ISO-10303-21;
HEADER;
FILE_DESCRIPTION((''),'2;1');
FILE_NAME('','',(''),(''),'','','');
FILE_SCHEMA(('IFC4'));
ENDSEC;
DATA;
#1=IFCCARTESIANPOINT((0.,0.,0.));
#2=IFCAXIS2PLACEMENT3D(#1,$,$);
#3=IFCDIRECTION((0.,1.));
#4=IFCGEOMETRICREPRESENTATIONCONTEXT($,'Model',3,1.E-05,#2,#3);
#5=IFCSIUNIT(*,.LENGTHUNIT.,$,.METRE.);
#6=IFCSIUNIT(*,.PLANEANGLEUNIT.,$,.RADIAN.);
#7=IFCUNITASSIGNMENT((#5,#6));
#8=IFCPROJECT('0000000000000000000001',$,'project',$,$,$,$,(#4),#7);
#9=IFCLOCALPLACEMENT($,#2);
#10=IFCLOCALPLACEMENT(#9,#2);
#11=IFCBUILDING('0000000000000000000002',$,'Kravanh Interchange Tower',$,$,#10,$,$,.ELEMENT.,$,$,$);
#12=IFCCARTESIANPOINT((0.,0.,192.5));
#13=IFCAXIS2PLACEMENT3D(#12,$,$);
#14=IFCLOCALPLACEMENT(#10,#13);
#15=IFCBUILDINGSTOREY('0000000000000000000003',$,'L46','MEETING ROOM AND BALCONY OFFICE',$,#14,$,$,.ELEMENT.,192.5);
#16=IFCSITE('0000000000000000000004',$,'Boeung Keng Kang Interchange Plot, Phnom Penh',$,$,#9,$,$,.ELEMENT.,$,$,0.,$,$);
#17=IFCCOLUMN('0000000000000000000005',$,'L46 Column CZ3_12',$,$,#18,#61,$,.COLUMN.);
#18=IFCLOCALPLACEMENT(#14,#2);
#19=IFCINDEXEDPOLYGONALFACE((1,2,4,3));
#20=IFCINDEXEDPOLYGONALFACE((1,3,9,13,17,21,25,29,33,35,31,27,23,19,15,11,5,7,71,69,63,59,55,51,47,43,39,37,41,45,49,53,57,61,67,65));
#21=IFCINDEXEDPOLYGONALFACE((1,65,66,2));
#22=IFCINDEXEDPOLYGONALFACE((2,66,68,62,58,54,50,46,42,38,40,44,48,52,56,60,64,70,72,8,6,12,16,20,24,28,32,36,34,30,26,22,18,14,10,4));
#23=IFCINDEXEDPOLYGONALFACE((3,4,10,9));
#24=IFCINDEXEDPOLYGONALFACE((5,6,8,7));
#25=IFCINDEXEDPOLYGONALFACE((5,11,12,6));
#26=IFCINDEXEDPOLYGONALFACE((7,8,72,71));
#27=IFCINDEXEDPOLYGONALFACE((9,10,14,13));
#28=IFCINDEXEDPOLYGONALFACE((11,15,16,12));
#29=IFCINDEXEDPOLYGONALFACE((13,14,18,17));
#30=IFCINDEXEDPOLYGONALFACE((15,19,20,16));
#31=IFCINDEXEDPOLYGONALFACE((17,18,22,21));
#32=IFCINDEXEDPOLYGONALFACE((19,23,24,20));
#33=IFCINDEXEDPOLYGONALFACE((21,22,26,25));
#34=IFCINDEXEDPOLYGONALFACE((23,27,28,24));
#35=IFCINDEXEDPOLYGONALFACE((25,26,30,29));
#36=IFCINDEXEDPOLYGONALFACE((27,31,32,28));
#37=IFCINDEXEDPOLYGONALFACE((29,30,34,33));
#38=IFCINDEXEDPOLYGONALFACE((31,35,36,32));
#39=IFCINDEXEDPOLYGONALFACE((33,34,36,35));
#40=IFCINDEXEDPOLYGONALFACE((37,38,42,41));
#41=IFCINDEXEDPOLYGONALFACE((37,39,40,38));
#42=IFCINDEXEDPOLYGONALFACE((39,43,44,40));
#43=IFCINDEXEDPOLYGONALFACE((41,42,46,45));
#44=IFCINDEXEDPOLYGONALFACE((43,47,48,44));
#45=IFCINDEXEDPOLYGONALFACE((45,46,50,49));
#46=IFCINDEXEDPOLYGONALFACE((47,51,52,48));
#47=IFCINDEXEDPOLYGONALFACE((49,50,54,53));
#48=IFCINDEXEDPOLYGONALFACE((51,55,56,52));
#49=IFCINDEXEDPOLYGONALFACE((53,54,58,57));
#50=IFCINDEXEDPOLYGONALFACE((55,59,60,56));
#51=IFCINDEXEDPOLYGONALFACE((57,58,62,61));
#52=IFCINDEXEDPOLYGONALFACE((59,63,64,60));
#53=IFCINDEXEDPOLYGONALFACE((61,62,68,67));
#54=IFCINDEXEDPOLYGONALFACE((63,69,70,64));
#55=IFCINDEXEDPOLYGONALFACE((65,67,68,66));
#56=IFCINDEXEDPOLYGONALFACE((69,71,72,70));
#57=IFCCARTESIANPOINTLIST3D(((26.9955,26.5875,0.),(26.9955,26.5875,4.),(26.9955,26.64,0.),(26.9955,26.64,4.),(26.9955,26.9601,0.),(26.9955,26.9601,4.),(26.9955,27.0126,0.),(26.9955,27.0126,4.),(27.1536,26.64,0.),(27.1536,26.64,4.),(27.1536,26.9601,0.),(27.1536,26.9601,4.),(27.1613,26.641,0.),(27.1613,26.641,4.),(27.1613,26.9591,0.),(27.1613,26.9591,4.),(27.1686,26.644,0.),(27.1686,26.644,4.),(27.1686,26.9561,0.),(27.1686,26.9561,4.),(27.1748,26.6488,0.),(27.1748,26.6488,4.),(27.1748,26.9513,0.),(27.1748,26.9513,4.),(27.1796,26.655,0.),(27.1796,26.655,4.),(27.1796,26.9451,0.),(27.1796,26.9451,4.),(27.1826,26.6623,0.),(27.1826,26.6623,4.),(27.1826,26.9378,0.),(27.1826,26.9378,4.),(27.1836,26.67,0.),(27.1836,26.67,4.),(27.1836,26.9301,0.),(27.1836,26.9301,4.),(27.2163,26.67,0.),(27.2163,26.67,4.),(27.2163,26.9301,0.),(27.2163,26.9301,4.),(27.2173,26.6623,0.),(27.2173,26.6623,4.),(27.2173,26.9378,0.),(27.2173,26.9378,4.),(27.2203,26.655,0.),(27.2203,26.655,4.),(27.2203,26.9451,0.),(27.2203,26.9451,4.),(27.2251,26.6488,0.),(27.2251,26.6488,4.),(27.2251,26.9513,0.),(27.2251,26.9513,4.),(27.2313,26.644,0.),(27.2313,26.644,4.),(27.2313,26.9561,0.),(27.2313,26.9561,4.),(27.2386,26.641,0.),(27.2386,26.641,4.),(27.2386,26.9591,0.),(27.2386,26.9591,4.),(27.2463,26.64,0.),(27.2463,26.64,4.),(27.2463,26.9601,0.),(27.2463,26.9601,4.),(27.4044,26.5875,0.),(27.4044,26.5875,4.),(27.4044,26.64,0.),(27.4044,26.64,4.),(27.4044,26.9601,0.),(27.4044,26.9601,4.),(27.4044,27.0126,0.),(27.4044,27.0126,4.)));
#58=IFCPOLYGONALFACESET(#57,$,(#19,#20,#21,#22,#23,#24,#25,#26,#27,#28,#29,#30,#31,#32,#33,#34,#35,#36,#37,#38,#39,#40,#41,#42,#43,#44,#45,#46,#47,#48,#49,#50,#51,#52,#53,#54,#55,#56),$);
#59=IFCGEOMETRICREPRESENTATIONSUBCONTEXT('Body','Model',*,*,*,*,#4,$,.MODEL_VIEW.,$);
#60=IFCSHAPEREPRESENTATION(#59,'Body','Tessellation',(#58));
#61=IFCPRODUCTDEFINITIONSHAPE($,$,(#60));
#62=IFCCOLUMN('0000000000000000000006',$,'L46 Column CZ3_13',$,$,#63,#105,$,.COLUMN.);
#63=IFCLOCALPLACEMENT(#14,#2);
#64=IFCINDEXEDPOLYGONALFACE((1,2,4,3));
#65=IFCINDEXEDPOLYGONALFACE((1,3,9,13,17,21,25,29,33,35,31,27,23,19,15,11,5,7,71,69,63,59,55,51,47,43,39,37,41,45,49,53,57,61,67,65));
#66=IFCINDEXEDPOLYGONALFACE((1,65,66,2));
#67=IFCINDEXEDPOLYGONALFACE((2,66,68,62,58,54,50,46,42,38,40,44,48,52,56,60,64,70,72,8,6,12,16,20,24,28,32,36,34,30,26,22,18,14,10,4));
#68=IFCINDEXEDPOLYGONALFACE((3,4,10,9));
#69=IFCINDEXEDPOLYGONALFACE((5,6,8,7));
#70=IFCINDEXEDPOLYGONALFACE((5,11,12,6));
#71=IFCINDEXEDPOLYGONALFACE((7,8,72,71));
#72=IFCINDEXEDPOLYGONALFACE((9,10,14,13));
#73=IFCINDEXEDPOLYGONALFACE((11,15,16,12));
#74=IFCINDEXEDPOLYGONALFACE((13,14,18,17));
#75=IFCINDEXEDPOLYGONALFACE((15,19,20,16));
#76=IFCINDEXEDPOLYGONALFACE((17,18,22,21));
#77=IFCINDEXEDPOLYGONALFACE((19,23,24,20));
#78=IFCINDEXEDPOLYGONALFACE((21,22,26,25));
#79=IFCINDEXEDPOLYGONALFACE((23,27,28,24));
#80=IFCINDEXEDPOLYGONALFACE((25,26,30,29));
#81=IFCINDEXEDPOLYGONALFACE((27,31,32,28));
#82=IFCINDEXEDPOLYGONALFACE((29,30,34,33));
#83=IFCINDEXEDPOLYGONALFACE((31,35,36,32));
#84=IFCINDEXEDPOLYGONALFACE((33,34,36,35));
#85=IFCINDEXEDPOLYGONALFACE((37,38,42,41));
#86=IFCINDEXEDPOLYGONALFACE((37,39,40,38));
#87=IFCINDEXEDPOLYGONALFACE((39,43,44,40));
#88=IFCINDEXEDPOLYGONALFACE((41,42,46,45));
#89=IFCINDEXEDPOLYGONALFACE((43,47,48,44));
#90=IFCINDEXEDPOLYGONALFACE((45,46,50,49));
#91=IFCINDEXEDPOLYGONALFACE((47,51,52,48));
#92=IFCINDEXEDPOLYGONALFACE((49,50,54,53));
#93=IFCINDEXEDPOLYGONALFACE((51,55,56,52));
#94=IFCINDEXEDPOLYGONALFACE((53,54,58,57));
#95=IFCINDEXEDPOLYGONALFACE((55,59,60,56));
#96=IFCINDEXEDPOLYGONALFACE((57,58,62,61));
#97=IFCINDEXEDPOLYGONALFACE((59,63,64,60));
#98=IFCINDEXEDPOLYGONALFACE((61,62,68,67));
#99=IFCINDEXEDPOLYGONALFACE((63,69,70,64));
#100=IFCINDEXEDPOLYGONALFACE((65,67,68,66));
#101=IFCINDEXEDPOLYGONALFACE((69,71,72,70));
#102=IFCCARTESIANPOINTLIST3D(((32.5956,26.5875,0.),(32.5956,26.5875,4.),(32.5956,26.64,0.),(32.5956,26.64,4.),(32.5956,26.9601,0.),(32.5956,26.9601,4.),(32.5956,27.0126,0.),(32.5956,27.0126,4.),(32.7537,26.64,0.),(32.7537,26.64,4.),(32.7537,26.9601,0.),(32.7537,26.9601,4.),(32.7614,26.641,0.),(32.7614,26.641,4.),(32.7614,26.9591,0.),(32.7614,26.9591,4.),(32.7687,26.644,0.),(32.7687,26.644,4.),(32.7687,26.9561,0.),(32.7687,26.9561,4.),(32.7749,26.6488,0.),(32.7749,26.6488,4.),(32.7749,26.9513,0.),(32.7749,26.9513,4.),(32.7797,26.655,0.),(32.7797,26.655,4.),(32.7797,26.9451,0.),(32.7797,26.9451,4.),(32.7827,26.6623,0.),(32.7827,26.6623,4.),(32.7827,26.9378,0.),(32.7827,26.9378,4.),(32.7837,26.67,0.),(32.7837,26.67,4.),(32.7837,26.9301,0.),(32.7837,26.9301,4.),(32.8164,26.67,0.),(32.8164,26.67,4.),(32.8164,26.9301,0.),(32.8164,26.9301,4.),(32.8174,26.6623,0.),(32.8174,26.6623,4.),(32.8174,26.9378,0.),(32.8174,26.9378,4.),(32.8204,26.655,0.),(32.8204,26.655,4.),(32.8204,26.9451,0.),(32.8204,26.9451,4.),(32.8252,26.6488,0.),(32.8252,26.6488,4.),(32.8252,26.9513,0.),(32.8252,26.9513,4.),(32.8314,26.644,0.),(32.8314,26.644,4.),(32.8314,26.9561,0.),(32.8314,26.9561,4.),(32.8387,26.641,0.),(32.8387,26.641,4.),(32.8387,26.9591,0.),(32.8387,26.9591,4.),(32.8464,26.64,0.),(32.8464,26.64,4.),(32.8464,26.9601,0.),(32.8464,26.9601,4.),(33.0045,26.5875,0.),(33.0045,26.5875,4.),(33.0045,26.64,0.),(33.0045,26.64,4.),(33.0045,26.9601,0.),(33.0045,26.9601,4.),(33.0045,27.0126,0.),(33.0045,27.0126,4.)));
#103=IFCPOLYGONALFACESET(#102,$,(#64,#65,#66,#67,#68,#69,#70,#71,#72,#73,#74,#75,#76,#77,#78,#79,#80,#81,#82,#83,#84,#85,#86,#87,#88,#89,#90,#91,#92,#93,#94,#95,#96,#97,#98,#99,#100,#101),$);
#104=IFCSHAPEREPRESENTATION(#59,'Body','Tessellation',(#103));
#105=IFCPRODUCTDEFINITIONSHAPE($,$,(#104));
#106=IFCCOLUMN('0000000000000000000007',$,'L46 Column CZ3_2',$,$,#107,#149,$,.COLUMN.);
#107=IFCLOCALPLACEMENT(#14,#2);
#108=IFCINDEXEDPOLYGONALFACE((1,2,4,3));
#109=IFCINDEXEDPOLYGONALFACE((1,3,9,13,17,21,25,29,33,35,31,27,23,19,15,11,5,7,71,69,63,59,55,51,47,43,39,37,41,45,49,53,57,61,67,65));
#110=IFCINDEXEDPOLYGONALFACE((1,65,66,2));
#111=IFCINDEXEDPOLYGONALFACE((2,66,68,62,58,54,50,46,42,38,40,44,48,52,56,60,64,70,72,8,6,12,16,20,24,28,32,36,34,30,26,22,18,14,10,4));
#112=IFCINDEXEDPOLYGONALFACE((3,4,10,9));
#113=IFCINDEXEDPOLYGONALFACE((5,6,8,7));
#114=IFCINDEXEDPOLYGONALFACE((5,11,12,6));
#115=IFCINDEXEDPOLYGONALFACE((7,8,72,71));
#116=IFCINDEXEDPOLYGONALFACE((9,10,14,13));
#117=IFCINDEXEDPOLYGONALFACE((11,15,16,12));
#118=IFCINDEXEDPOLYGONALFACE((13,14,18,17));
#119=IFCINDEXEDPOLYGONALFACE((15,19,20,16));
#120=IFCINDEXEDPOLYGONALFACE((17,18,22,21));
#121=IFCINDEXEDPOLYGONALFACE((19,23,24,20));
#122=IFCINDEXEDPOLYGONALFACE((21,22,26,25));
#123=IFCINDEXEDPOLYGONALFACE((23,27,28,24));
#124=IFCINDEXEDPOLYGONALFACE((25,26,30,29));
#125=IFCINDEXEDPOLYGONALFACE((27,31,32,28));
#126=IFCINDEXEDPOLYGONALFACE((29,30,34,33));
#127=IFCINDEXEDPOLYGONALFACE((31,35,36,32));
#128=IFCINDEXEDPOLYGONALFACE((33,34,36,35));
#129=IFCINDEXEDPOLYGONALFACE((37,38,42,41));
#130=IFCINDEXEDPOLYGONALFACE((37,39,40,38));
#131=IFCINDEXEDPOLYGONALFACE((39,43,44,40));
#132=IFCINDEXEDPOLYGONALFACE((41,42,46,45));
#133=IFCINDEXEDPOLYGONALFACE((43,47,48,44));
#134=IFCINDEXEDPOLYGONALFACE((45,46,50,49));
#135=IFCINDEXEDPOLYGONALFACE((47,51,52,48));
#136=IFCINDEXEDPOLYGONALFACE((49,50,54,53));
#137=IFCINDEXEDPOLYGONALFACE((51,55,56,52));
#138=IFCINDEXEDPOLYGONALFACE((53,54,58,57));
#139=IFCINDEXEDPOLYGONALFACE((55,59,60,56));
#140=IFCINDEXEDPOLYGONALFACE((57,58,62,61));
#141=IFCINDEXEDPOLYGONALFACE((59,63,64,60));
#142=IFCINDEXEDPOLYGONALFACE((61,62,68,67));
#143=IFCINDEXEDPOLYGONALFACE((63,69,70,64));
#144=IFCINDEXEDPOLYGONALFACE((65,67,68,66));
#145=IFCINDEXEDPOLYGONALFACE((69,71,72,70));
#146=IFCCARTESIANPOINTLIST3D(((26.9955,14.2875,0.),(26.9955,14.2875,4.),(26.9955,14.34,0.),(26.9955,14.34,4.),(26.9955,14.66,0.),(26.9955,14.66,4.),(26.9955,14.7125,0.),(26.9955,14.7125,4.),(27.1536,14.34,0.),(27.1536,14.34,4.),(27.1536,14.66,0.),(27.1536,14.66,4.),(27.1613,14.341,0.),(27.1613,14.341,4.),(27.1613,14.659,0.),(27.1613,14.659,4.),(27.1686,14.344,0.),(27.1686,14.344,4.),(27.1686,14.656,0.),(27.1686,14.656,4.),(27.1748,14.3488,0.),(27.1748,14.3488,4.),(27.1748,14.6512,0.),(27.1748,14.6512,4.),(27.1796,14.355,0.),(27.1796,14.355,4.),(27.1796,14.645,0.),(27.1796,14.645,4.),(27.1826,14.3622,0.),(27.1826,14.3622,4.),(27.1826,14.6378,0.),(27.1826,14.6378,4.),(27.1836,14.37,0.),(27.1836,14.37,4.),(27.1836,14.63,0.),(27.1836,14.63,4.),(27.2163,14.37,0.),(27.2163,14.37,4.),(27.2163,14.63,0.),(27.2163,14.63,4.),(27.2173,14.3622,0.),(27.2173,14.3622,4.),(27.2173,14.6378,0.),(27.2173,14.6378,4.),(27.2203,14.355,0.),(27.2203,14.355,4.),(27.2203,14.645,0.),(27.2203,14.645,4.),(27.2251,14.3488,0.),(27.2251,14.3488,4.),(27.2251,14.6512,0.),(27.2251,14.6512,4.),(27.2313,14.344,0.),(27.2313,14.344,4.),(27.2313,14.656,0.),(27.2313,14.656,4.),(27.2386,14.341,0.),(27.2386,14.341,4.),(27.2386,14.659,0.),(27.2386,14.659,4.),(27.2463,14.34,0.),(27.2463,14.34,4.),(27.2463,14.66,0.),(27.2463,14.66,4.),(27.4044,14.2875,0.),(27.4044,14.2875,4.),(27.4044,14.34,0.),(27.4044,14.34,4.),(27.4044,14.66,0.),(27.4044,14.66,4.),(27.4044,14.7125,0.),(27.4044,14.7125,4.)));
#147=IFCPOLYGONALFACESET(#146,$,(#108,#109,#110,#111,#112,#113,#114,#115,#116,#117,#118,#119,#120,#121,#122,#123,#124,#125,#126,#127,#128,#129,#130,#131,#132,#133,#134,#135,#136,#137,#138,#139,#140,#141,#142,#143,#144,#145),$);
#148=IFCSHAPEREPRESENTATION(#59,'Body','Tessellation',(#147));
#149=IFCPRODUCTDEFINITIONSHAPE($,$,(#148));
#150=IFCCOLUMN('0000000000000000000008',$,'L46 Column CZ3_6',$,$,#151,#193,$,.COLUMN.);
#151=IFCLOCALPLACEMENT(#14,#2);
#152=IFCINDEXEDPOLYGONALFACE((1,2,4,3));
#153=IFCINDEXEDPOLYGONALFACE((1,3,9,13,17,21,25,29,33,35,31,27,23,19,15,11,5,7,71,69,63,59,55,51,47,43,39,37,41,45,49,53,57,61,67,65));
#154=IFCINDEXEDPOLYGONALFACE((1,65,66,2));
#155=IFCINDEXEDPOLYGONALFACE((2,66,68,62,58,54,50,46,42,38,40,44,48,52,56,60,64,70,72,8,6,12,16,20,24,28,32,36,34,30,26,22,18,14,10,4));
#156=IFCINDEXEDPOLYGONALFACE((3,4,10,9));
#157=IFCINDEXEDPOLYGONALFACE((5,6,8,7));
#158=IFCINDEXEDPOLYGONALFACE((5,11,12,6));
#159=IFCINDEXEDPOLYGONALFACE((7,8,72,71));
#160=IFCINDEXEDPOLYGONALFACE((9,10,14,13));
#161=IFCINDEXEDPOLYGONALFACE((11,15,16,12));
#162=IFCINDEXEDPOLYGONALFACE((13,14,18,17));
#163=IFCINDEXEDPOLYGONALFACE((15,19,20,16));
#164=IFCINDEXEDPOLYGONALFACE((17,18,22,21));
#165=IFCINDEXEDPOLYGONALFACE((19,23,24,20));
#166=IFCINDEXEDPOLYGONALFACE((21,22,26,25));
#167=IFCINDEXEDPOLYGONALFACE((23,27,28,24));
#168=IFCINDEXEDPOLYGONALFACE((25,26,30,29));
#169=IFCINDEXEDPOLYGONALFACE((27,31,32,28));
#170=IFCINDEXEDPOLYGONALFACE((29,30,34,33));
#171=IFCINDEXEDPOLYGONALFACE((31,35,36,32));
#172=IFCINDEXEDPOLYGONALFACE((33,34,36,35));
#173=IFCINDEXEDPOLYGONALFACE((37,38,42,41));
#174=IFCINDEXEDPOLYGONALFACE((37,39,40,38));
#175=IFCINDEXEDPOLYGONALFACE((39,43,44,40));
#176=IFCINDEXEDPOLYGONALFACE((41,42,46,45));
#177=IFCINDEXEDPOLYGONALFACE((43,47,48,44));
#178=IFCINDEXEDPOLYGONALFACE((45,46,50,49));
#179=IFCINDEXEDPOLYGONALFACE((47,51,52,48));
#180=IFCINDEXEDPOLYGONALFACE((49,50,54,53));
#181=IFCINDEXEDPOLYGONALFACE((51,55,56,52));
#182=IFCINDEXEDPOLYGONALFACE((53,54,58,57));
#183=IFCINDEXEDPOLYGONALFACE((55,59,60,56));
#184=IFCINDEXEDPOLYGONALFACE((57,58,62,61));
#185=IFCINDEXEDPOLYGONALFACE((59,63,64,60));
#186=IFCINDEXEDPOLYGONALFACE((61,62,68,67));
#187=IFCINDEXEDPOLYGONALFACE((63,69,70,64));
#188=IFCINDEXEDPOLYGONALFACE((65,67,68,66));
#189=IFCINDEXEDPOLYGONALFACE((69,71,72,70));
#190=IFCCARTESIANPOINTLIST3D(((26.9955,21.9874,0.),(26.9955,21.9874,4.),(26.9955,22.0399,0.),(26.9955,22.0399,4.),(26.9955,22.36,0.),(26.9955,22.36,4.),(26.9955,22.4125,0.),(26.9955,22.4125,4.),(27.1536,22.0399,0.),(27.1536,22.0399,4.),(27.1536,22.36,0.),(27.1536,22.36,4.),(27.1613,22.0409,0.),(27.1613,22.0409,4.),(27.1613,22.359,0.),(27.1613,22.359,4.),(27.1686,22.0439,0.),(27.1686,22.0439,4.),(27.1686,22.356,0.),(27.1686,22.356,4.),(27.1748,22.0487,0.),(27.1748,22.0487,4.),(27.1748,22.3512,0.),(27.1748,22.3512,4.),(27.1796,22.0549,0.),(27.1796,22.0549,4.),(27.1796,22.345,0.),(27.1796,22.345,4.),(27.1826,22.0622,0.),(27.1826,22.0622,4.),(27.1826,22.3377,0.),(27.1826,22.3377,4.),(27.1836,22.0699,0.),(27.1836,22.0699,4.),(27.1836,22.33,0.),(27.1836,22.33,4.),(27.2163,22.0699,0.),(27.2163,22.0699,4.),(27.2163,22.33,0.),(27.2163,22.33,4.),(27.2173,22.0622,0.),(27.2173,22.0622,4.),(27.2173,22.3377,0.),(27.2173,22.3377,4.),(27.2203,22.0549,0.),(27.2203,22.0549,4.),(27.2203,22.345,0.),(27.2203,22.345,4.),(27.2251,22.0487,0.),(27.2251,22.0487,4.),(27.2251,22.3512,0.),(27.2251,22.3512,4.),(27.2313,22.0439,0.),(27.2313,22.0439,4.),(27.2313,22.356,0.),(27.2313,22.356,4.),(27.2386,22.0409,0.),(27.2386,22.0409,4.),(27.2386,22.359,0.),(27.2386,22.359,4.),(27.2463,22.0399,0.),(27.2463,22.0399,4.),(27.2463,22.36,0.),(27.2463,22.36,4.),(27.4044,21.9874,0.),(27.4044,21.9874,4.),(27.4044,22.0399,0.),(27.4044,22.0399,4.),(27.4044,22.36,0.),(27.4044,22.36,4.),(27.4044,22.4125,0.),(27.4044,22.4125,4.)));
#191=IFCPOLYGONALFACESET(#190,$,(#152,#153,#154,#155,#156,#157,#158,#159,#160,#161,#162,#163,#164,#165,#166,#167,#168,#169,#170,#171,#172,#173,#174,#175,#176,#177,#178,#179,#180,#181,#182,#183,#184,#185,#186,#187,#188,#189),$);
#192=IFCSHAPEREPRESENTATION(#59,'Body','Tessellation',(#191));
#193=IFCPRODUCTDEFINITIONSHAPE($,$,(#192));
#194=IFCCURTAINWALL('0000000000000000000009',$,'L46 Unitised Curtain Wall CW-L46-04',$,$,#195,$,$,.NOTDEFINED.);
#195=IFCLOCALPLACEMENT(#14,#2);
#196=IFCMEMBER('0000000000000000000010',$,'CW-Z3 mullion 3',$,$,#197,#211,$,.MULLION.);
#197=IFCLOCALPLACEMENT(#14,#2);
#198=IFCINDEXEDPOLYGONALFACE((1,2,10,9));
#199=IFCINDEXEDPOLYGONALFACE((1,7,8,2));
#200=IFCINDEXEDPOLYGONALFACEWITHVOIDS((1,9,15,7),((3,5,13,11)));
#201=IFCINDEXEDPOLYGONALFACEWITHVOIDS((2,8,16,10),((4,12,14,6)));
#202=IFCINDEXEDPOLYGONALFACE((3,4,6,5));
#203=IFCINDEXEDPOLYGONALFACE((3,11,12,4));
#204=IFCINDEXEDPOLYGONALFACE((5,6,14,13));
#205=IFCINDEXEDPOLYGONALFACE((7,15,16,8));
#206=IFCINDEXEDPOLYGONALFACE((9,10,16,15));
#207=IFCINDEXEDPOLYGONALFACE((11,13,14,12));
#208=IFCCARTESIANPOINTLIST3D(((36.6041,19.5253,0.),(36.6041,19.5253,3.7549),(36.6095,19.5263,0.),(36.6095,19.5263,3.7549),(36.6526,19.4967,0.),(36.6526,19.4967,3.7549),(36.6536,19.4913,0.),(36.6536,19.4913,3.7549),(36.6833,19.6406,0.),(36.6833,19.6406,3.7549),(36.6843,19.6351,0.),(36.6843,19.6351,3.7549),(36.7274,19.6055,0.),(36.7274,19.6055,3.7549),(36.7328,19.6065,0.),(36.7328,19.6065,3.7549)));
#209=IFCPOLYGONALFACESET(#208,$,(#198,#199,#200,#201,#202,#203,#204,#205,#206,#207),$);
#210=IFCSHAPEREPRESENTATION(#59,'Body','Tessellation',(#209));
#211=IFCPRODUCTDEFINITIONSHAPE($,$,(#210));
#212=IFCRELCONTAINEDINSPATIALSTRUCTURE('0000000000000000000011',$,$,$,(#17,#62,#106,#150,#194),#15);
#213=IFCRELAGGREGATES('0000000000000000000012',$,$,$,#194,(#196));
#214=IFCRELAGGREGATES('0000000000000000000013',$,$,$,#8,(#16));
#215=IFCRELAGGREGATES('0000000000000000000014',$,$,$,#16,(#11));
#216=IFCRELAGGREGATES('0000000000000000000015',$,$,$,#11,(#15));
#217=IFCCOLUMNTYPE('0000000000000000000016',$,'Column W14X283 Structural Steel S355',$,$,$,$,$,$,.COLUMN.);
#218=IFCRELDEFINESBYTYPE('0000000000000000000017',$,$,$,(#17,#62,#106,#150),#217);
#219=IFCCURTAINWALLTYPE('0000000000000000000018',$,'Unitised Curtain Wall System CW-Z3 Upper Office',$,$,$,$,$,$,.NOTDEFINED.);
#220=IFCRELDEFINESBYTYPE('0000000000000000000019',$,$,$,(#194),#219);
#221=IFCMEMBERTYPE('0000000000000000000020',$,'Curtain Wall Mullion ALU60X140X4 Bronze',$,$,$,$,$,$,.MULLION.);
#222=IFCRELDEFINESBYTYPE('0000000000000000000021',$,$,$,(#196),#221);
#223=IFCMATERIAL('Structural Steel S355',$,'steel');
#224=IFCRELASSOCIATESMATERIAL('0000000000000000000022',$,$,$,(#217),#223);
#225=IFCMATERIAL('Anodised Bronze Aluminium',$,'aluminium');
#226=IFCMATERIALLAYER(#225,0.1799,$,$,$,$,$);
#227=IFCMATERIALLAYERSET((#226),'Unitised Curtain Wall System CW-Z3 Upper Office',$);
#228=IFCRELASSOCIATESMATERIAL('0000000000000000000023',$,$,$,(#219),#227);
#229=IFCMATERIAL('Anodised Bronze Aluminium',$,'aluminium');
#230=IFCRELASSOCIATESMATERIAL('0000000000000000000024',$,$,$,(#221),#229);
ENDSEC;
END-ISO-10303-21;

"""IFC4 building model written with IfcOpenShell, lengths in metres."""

from ifc_helpers import new_model, si_unit, direction, frame, origin, origin_2d, place, context, subcontext, project, spatial, hollow_rectangle, i_section, extrude, material, layer, layer_set, material_profile, profile_set, type_object, element, aggregate, save


model = new_model("IFC4")

# Units and contexts
model_context = context("Model", 3, precision=1e-05, world=origin(), true_north=direction((0.0, 1.0)))
body_context = subcontext(model_context, "Body", "Model", "MODEL_VIEW")
ifc_project = project(units=[si_unit("LENGTHUNIT", "METRE"), si_unit("PLANEANGLEUNIT", "RADIAN")], contexts=[model_context])

# Site, building, storey
site_placement = place(None, origin())
site = spatial("IfcSite", under=ifc_project, at=site_placement, Name="Boeung Keng Kang Interchange Plot, Phnom Penh", CompositionType="ELEMENT", RefElevation=0.0)
building_placement = place(site_placement, origin())
building = spatial("IfcBuilding", under=site, at=building_placement, Name="Kravanh Interchange Tower", CompositionType="ELEMENT")
storey_placement = place(building_placement, frame((0.0, 0.0, 192.5)))
storey = spatial("IfcBuildingStorey", under=building, at=storey_placement, Name="L46", Description="MEETING ROOM AND BALCONY OFFICE", CompositionType="ELEMENT", Elevation=192.5)

# Columns
ifc_material_1 = material(Name="Structural Steel S355", Category="steel")
ifc_material_profile_1 = material_profile(ifc_material_1, i_section(OverallWidth=0.4089, OverallDepth=0.425, WebThickness=0.0327, FlangeThickness=0.0525, FilletRadius=0.03, at=origin_2d()), Name="W14X283")
ifc_profile_set_1 = profile_set([ifc_material_profile_1], Name="Structural Steel S355")
column_type = type_object("IfcColumnType", Name="Column W14X283 Structural Steel S355", PredefinedType="COLUMN", material=ifc_profile_set_1)
for number, where, z_axis, x_axis, name in (
    (1, (27.2, 26.8, 0.0), (0.0, 0.0, 1.0), (1.0, 0.0, 0.0), "L46 Column CZ3_12"),
    (2, (32.8, 26.8, 0.0), (0.0, 0.0, 1.0), (1.0, 0.0, 0.0), "L46 Column CZ3_13"),
    (3, (27.2, 14.5, 0.0), (0.0, 0.0, 1.0), (1.0, 0.0, 0.0), "L46 Column CZ3_2"),
    (4, (27.2, 22.2, 0.0), (0.0, 0.0, 1.0), (1.0, 0.0, 0.0), "L46 Column CZ3_6"),
):
    element("IfcColumn", number, at=place(storey_placement, frame(where, z_axis=z_axis, x_axis=x_axis)), inside=storey, type_object=column_type, Name=name, PredefinedType="COLUMN", context=body_context, shape_type="SweptSolid", body=[
        extrude(i_section(OverallWidth=0.4089, OverallDepth=0.425, WebThickness=0.0327, FlangeThickness=0.0525, FilletRadius=0.03, at=origin_2d()), origin(), (0.0, 0.0, 1.0), 4.0),
    ])

# Curtain wall, member
ifc_material_2 = material(Name="Anodised Bronze Aluminium", Category="aluminium")
ifc_layer_1 = layer(ifc_material_2, 0.1799)
ifc_layer_set_1 = layer_set([ifc_layer_1], Name="Unitised Curtain Wall System CW-Z3 Upper Office")
curtain_wall_type = type_object("IfcCurtainWallType", Name="Unitised Curtain Wall System CW-Z3 Upper Office", PredefinedType="NOTDEFINED", material=ifc_layer_set_1)
curtain_wall_1_placement = place(storey_placement, origin())
curtain_wall_1 = element("IfcCurtainWall", 5, at=curtain_wall_1_placement, inside=storey, type_object=curtain_wall_type, Name="L46 Unitised Curtain Wall CW-L46-04", PredefinedType="NOTDEFINED")
ifc_material_3 = material(Name="Anodised Bronze Aluminium", Category="aluminium")
ifc_material_profile_2 = material_profile(ifc_material_3, hollow_rectangle(XDim=0.0601, YDim=0.1399, WallThickness=0.0039, at=origin_2d()), Name="ALU60X140X4")
ifc_profile_set_2 = profile_set([ifc_material_profile_2], Name="Anodised Bronze Aluminium")
member_type_1 = type_object("IfcMemberType", Name="Curtain Wall Mullion ALU60X140X4 Bronze", PredefinedType="MULLION", material=ifc_profile_set_2)
member_1_placement = place(storey_placement, frame((36.6685, 19.5659, 0.0), z_axis=(0.0, 0.0, 1.0), x_axis=(0.824042, -0.566528, 0.0)))
member_1 = element("IfcMember", 6, at=member_1_placement, type_object=member_type_1, Name="CW-Z3 mullion 3", PredefinedType="MULLION", context=body_context, shape_type="SweptSolid", body=[
    extrude(hollow_rectangle(XDim=0.0601, YDim=0.1399, WallThickness=0.0039, at=origin_2d()), origin(), (0.0, 0.0, 1.0), 3.7549),
])

aggregate(curtain_wall_1, [member_1])

save(model, "model.ifc")
